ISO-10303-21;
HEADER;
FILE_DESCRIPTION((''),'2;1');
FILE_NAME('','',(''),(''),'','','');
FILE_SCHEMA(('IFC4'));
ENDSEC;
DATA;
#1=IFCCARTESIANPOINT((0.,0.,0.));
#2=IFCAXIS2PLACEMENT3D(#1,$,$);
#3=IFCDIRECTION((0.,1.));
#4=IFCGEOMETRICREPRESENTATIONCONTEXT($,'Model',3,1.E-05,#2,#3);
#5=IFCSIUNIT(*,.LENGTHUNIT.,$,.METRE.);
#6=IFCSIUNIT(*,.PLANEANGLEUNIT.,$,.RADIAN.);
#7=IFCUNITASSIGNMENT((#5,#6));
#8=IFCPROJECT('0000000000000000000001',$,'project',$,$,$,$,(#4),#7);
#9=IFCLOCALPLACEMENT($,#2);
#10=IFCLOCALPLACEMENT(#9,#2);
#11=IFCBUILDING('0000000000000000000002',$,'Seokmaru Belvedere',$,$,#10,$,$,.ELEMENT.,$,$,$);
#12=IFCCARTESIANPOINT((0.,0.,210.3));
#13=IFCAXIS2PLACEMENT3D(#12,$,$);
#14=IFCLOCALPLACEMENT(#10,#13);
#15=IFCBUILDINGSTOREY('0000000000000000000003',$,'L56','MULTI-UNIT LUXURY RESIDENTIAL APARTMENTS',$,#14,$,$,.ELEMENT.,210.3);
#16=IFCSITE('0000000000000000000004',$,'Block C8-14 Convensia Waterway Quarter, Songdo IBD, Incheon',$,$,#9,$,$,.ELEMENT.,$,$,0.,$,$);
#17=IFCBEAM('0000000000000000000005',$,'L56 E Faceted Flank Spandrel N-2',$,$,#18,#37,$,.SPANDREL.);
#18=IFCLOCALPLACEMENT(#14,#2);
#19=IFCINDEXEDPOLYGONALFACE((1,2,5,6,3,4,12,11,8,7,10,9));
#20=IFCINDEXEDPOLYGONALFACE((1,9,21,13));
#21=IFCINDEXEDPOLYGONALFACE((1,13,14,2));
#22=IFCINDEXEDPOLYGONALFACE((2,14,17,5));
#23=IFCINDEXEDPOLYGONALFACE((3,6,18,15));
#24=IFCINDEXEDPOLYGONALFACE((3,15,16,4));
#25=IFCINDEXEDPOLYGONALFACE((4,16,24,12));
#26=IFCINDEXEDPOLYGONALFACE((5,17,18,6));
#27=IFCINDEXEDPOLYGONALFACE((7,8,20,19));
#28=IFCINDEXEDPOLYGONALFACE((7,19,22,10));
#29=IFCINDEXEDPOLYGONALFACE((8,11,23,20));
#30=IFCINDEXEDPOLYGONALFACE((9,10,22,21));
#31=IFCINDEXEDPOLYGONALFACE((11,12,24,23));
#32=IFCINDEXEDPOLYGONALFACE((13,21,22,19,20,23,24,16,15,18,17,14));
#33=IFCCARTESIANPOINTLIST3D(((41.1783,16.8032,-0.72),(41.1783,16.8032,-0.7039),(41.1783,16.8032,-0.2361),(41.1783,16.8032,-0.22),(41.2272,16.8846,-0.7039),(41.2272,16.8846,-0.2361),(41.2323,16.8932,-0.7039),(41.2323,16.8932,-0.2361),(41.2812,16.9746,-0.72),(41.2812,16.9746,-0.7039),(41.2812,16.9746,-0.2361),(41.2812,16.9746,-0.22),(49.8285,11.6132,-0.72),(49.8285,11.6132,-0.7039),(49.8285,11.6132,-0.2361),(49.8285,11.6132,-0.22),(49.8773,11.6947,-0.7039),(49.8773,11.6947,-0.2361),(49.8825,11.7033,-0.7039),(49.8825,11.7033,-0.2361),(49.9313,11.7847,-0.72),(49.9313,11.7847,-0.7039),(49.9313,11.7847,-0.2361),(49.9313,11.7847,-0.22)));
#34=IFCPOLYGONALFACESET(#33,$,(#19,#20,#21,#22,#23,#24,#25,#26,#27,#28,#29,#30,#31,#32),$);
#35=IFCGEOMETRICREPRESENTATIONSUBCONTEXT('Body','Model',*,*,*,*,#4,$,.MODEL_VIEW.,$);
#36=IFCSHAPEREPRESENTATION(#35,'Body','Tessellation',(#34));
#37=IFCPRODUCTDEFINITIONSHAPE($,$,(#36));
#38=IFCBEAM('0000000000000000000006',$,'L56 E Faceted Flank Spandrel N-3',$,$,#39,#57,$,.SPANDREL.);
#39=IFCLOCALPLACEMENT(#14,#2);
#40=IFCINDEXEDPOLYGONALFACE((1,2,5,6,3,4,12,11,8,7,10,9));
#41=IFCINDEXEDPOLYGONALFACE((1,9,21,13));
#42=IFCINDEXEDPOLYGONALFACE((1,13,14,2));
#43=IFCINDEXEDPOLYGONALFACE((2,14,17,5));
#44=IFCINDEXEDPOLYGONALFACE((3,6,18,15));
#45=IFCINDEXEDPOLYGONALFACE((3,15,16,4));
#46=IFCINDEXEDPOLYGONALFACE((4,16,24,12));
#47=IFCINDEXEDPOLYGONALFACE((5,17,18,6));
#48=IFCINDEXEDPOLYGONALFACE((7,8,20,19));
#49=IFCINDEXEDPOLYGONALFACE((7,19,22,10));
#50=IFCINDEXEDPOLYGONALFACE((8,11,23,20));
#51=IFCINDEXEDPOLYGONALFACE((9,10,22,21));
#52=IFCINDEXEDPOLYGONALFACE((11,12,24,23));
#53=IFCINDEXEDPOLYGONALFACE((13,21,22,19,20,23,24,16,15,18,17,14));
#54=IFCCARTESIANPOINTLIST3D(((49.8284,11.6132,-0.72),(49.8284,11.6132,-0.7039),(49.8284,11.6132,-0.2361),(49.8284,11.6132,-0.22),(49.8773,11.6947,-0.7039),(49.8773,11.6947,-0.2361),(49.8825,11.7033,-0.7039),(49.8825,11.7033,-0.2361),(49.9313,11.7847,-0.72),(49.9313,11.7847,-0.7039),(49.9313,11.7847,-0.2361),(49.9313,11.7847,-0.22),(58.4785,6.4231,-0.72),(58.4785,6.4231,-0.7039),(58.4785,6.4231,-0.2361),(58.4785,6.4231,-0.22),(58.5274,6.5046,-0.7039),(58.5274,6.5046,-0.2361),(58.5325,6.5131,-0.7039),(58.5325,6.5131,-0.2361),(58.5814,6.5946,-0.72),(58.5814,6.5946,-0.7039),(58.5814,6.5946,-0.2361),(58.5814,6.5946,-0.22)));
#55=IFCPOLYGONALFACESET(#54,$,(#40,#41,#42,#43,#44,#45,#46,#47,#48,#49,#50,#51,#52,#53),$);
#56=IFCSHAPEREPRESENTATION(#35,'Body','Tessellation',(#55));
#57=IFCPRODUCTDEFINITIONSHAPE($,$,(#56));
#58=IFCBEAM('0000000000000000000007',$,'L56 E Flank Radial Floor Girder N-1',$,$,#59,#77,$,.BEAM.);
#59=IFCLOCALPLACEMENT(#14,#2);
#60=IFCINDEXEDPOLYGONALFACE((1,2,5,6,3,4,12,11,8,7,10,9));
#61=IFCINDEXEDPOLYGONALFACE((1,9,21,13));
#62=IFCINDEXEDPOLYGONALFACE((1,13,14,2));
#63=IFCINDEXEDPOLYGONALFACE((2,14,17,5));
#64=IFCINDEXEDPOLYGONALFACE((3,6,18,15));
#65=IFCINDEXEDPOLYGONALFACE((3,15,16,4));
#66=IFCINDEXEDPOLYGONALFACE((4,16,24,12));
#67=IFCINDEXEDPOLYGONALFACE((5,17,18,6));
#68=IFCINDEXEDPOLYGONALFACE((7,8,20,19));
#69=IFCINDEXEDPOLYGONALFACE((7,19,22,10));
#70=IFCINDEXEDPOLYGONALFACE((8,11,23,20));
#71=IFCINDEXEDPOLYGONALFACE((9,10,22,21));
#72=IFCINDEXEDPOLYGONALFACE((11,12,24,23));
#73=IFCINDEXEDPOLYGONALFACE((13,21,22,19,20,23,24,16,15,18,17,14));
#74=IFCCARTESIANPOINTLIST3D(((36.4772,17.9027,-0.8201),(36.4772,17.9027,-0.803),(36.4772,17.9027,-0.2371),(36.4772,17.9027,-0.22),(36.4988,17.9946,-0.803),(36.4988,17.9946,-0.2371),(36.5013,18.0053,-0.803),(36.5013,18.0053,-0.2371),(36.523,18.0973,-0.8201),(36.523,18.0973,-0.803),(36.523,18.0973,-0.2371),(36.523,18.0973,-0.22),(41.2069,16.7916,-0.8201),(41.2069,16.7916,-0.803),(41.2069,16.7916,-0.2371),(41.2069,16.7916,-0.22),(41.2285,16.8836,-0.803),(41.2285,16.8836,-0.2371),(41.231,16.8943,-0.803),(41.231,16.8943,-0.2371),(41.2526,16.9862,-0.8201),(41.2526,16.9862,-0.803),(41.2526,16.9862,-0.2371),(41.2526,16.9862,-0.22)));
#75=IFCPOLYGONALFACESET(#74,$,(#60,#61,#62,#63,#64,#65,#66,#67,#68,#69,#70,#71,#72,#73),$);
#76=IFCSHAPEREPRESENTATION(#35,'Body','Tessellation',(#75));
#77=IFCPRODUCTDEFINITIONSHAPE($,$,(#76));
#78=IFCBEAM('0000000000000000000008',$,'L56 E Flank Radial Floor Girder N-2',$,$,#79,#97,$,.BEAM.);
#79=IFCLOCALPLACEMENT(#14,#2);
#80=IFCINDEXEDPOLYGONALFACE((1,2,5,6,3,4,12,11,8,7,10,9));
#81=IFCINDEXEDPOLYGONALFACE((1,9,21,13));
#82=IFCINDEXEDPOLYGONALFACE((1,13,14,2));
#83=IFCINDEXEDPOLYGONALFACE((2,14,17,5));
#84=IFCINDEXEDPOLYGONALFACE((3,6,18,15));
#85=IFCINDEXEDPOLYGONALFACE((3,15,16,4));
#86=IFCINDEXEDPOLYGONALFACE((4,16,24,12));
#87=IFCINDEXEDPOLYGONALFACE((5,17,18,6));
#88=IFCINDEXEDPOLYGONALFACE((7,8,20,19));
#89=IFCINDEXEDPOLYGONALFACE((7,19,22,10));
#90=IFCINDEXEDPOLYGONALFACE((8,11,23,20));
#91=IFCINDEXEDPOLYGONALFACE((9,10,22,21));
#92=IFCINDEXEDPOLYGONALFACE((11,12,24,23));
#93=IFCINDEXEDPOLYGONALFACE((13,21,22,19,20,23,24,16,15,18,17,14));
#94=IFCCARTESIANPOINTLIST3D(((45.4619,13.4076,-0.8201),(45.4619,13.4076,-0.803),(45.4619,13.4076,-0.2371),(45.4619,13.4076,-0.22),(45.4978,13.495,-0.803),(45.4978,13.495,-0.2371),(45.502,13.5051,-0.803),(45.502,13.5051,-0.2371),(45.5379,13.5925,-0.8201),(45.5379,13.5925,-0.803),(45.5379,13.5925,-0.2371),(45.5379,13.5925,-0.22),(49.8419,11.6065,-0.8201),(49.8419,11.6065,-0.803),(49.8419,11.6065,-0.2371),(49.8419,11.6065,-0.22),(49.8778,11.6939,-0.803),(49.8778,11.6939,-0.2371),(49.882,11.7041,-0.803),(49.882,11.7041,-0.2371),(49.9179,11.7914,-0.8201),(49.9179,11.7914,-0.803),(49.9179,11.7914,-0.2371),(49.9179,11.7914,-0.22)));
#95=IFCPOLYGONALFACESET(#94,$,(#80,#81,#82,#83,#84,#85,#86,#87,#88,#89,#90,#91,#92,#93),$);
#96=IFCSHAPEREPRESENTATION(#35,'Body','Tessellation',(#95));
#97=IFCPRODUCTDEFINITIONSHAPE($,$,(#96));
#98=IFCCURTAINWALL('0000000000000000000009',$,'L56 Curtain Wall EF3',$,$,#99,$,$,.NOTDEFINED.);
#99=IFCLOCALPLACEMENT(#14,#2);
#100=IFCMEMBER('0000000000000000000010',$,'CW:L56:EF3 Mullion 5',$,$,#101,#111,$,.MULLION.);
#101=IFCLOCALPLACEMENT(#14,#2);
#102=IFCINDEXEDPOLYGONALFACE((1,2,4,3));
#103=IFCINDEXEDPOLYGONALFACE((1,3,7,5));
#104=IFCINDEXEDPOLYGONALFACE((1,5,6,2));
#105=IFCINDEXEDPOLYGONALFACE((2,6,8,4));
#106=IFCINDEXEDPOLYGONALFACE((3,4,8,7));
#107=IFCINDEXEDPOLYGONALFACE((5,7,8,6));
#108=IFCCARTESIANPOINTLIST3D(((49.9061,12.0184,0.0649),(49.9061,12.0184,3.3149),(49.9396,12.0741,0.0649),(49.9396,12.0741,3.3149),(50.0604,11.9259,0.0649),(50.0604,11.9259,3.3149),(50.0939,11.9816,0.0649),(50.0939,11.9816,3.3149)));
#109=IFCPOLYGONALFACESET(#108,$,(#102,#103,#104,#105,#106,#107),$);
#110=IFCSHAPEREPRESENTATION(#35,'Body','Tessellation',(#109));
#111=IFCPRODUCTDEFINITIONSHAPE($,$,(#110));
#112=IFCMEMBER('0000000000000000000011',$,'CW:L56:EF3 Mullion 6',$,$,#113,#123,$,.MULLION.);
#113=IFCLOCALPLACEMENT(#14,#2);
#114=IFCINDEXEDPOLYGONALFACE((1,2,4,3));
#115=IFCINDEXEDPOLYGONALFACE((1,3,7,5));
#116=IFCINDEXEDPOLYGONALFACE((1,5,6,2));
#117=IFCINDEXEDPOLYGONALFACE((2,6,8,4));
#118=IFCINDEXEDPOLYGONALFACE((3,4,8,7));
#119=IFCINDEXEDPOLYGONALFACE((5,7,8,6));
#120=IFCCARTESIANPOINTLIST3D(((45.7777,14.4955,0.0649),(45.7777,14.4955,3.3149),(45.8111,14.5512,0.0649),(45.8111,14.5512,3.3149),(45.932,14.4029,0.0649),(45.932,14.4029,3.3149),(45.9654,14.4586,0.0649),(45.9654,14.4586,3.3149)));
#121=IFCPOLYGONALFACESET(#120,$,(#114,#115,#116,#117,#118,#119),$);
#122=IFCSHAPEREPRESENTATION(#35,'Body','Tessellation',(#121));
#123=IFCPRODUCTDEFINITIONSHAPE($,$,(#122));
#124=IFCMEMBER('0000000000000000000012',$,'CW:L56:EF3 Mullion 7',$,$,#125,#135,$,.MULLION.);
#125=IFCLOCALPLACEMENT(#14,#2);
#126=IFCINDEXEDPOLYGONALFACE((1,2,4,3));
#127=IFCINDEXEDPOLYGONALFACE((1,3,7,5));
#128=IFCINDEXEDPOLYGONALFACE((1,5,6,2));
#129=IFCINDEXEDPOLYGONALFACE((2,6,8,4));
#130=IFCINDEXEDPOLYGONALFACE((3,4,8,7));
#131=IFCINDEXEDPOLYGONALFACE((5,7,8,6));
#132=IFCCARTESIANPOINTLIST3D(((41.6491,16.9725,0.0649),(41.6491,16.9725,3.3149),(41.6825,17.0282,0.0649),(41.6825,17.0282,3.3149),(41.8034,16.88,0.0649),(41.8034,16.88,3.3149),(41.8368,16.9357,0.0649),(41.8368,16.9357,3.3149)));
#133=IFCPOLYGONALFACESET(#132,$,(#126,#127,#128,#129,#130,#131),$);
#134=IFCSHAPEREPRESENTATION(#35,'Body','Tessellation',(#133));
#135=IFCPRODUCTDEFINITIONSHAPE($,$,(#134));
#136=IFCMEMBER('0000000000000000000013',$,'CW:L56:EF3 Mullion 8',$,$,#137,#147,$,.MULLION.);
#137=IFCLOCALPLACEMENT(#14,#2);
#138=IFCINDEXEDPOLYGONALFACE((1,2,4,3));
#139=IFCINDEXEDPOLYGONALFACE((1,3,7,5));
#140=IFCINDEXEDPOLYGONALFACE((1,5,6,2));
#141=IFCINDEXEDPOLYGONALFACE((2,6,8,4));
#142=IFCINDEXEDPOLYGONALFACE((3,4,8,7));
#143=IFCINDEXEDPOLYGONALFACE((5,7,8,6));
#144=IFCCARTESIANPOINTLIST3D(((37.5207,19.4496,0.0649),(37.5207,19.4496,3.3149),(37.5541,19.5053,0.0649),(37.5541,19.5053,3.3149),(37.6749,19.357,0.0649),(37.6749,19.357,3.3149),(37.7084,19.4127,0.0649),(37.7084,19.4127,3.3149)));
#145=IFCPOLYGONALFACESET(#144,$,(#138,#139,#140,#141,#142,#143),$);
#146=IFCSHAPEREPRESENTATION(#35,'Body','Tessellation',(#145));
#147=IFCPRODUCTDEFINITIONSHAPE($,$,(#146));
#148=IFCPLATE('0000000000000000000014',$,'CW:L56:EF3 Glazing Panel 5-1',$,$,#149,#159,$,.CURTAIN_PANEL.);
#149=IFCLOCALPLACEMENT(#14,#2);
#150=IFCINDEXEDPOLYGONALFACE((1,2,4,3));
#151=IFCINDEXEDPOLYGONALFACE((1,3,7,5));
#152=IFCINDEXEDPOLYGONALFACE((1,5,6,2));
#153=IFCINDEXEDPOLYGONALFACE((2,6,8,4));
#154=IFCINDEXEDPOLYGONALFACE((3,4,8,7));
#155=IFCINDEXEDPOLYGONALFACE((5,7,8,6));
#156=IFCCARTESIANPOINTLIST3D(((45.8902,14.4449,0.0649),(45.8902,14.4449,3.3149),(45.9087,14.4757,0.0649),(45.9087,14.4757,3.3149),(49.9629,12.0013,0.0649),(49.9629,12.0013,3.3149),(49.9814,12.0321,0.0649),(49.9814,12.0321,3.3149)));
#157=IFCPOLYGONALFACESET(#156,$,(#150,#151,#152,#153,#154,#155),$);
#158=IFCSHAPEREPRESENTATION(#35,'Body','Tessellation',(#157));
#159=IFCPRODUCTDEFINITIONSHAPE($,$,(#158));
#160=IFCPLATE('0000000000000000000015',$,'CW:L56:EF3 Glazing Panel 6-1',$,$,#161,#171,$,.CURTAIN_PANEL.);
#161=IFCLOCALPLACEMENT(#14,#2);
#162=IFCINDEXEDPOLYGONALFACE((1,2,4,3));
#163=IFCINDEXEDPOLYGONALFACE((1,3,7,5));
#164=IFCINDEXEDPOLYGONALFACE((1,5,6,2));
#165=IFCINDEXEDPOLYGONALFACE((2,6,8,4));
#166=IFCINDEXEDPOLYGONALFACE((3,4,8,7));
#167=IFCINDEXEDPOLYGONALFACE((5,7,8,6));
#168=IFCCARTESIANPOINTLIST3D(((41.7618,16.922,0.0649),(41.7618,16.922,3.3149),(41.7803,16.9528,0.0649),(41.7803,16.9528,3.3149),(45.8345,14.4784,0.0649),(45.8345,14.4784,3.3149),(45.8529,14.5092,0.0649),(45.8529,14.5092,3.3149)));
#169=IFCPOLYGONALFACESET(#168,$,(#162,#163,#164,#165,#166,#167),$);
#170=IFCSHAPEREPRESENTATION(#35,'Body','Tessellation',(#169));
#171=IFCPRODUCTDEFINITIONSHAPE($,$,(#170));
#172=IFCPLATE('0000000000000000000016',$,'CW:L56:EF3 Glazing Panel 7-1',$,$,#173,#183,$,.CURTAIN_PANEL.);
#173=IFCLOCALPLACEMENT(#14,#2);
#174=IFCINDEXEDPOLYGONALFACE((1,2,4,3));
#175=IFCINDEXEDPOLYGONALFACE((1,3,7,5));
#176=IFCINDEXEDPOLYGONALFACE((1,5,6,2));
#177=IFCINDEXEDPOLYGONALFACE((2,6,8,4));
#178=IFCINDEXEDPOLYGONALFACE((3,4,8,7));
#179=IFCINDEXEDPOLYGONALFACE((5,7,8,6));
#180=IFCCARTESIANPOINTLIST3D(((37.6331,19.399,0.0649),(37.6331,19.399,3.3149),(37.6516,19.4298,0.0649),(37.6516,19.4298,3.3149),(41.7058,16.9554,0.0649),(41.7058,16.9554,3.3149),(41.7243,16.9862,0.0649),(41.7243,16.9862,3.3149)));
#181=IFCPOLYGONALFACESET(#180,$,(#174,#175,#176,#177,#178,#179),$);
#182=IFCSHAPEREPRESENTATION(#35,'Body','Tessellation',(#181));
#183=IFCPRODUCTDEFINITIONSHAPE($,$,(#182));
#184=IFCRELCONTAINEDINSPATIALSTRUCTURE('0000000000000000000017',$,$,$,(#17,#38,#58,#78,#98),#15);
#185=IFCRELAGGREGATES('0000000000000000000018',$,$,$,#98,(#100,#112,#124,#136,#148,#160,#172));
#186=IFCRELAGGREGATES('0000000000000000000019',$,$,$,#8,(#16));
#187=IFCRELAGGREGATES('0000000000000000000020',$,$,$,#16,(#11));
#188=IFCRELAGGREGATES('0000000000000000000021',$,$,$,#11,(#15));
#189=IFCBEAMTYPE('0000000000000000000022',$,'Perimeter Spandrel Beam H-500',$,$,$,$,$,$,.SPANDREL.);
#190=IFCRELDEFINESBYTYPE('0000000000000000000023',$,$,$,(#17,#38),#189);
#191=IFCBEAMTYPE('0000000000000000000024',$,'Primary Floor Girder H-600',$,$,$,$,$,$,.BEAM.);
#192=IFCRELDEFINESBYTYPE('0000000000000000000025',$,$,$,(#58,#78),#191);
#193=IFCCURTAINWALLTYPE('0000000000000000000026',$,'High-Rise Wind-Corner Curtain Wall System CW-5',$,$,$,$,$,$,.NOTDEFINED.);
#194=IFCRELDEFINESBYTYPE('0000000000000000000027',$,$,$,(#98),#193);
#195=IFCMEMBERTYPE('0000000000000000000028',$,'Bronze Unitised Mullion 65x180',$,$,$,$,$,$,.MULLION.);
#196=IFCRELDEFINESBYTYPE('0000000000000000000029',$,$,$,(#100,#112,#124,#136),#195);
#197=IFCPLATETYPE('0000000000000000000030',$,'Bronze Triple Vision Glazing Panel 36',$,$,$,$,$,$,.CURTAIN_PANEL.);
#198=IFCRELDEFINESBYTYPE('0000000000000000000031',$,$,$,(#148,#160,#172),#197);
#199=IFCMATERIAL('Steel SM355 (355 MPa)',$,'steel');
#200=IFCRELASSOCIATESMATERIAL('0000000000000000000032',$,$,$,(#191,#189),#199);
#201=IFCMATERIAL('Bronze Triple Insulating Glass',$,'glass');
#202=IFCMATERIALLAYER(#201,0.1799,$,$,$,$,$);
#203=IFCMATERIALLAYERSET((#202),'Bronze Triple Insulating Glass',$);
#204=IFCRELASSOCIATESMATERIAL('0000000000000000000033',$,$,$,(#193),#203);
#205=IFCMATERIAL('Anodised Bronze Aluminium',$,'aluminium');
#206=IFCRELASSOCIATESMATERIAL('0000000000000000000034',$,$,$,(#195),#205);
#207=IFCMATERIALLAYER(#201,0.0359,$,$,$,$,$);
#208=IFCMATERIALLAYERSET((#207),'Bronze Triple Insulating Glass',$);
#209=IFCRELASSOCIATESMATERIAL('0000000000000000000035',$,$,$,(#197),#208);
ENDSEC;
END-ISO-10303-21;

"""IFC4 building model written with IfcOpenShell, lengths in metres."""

from ifc_helpers import new_model, si_unit, direction, frame, origin, origin_2d, place, context, subcontext, project, spatial, rectangle, i_section, extrude, source, transform, mapped, material, layer, layer_set, material_profile, profile_set, type_object, type_shapes, element, aggregate, save


model = new_model("IFC4")

# Units and contexts
model_context = context("Model", 3, precision=1e-05, world=origin(), true_north=direction((0.0, 1.0)))
body_context = subcontext(model_context, "Body", "Model", "MODEL_VIEW")
ifc_project = project(units=[si_unit("LENGTHUNIT", "METRE"), si_unit("PLANEANGLEUNIT", "RADIAN")], contexts=[model_context])

# Site, building, storey
site_placement = place(None, origin())
site = spatial("IfcSite", under=ifc_project, at=site_placement, Name="Block C8-14 Convensia Waterway Quarter, Songdo IBD, Incheon", CompositionType="ELEMENT", RefElevation=0.0)
building_placement = place(site_placement, origin())
building = spatial("IfcBuilding", under=site, at=building_placement, Name="Seokmaru Belvedere", CompositionType="ELEMENT")
storey_placement = place(building_placement, frame((0.0, 0.0, 210.3)))
storey = spatial("IfcBuildingStorey", under=building, at=storey_placement, Name="L56", Description="MULTI-UNIT LUXURY RESIDENTIAL APARTMENTS", CompositionType="ELEMENT", Elevation=210.3)

# Shared definitions
ifc_material_1 = material(Name="Steel SM355 (355 MPa)", Category="steel")

# Beams
ifc_material_profile_1 = material_profile(ifc_material_1, i_section(OverallWidth=0.2, OverallDepth=0.6001, WebThickness=0.011, FlangeThickness=0.0171, at=origin_2d()), Name="H-600x200x11x17")
ifc_profile_set_1 = profile_set([ifc_material_profile_1], Name="Steel SM355 (355 MPa)")
beam_type_1 = type_object("IfcBeamType", Name="Primary Floor Girder H-600", PredefinedType="BEAM", material=ifc_profile_set_1)
ifc_material_profile_2 = material_profile(ifc_material_1, i_section(OverallWidth=0.2, OverallDepth=0.5, WebThickness=0.01, FlangeThickness=0.0161, at=origin_2d()), Name="H-500x200x10x16")
ifc_profile_set_2 = profile_set([ifc_material_profile_2], Name="Steel SM355 (355 MPa)")
beam_type_2 = type_object("IfcBeamType", Name="Perimeter Spandrel Beam H-500", PredefinedType="SPANDREL", material=ifc_profile_set_2)
shared_shape_1 = source(origin(), body_context, "Body", "SweptSolid", [
    extrude(i_section(OverallWidth=0.2, OverallDepth=0.5, WebThickness=0.01, FlangeThickness=0.0161, at=origin_2d()), origin(), (0.0, 0.0, 1.0), 10.0876),
])
type_shapes(beam_type_2, [shared_shape_1])
for number, where, z_axis, x_axis, name in (
    (1, (41.2297, 16.8889, -0.47), (0.857499, -0.514485, 0.0), (0.514485, 0.857499, 0.0), "L56 E Faceted Flank Spandrel N-2"),
    (2, (49.8799, 11.699, -0.47), (0.857489, -0.514503, 0.0), (0.514503, 0.857489, 0.0), "L56 E Faceted Flank Spandrel N-3"),
):
    element("IfcBeam", number, at=place(storey_placement, frame(where, z_axis=z_axis, x_axis=x_axis)), inside=storey, type_object=beam_type_2, Name=name, PredefinedType="SPANDREL", context=body_context, shape_type="MappedRepresentation", body=[
        mapped(shared_shape_1, transform((0.0, 0.0, 0.0), scale=1.0)),
    ])
shared_shape_2 = source(origin(), body_context, "Body", "SweptSolid", [
    extrude(i_section(OverallWidth=0.2, OverallDepth=0.6001, WebThickness=0.011, FlangeThickness=0.0171, at=origin_2d()), origin(), (0.0, 0.0, 1.0), 4.8584),
])
beam_1_placement = place(storey_placement, frame((41.2297, 16.8889, -0.52), z_axis=(-0.973499, 0.228689, 0.0), x_axis=(-0.228689, -0.973499, 0.0)))
element("IfcBeam", 3, at=beam_1_placement, inside=storey, type_object=beam_type_1, Name="L56 E Flank Radial Floor Girder N-1", PredefinedType="BEAM", context=body_context, shape_type="MappedRepresentation", body=[
    mapped(shared_shape_2, transform((0.0, 0.0, 0.0), scale=1.0)),
])
shared_shape_3 = source(origin(), body_context, "Body", "SweptSolid", [
    extrude(i_section(OverallWidth=0.2, OverallDepth=0.6001, WebThickness=0.011, FlangeThickness=0.0171, at=origin_2d()), origin(), (0.0, 0.0, 1.0), 4.7358),
])
beam_2_placement = place(storey_placement, frame((49.8799, 11.699, -0.52), z_axis=(-0.924861, 0.380306, 0.0), x_axis=(-0.380306, -0.924861, 0.0)))
element("IfcBeam", 4, at=beam_2_placement, inside=storey, type_object=beam_type_1, Name="L56 E Flank Radial Floor Girder N-2", PredefinedType="BEAM", context=body_context, shape_type="MappedRepresentation", body=[
    mapped(shared_shape_3, transform((0.0, 0.0, 0.0), scale=1.0)),
])

# Curtain wall, members, plates
ifc_material_2 = material(Name="Bronze Triple Insulating Glass", Category="glass")
ifc_layer_1 = layer(ifc_material_2, 0.1799)
ifc_layer_set_1 = layer_set([ifc_layer_1], Name="Bronze Triple Insulating Glass")
curtain_wall_type = type_object("IfcCurtainWallType", Name="High-Rise Wind-Corner Curtain Wall System CW-5", PredefinedType="NOTDEFINED", material=ifc_layer_set_1)
curtain_wall_placement = place(storey_placement, origin())
curtain_wall = element("IfcCurtainWall", 5, at=curtain_wall_placement, inside=storey, type_object=curtain_wall_type, Name="L56 Curtain Wall EF3", PredefinedType="NOTDEFINED")
ifc_material_3 = material(Name="Anodised Bronze Aluminium", Category="aluminium")
ifc_material_profile_3 = material_profile(ifc_material_3, rectangle(XDim=0.0649, YDim=0.1799, at=origin_2d()), Name="CW-M-65x180")
ifc_profile_set_3 = profile_set([ifc_material_profile_3], Name="Anodised Bronze Aluminium")
member_type = type_object("IfcMemberType", Name="Bronze Unitised Mullion 65x180", PredefinedType="MULLION", material=ifc_profile_set_3)
shared_shape_4 = source(origin(), body_context, "Body", "SweptSolid", [
    extrude(rectangle(XDim=0.0649, YDim=0.1799, at=origin_2d()), origin(), (0.0, 0.0, 1.0), 3.25),
])
type_shapes(member_type, [shared_shape_4])
member_1_placement = place(storey_placement, frame((50.0, 12.0, 0.0649), z_axis=(0.0, 0.0, 1.0), x_axis=(-0.514495, -0.857493, 0.0)))
member_1 = element("IfcMember", 6, at=member_1_placement, type_object=member_type, Name="CW:L56:EF3 Mullion 5", PredefinedType="MULLION", context=body_context, shape_type="MappedRepresentation", body=[
    mapped(shared_shape_4, transform((0.0, 0.0, 0.0), scale=1.0)),
])
member_2_placement = place(storey_placement, frame((45.8716, 14.4771, 0.0649), z_axis=(0.0, 0.0, 1.0), x_axis=(-0.514495, -0.857493, 0.0)))
member_2 = element("IfcMember", 7, at=member_2_placement, type_object=member_type, Name="CW:L56:EF3 Mullion 6", PredefinedType="MULLION", context=body_context, shape_type="MappedRepresentation", body=[
    mapped(shared_shape_4, transform((0.0, 0.0, 0.0), scale=1.0)),
])
member_3_placement = place(storey_placement, frame((41.7429, 16.9541, 0.0649), z_axis=(0.0, 0.0, 1.0), x_axis=(-0.514495, -0.857493, 0.0)))
member_3 = element("IfcMember", 8, at=member_3_placement, type_object=member_type, Name="CW:L56:EF3 Mullion 7", PredefinedType="MULLION", context=body_context, shape_type="MappedRepresentation", body=[
    mapped(shared_shape_4, transform((0.0, 0.0, 0.0), scale=1.0)),
])
member_4_placement = place(storey_placement, frame((37.6145, 19.4312, 0.0649), z_axis=(0.0, 0.0, 1.0), x_axis=(-0.514495, -0.857493, 0.0)))
member_4 = element("IfcMember", 9, at=member_4_placement, type_object=member_type, Name="CW:L56:EF3 Mullion 8", PredefinedType="MULLION", context=body_context, shape_type="MappedRepresentation", body=[
    mapped(shared_shape_4, transform((0.0, 0.0, 0.0), scale=1.0)),
])
ifc_layer_2 = layer(ifc_material_2, 0.0359)
ifc_layer_set_2 = layer_set([ifc_layer_2], Name="Bronze Triple Insulating Glass")
plate_type = type_object("IfcPlateType", Name="Bronze Triple Vision Glazing Panel 36", PredefinedType="CURTAIN_PANEL", material=ifc_layer_set_2)
shared_shape_5 = source(origin(), body_context, "Body", "SweptSolid", [
    extrude(rectangle(XDim=4.7495, YDim=0.0359, at=origin_2d()), origin(), (0.0, 0.0, 1.0), 3.25),
])
type_shapes(plate_type, [shared_shape_5])
plate_1_placement = place(storey_placement, frame((47.9358, 13.2385, 0.0649), z_axis=(0.0, 0.0, 1.0), x_axis=(-0.857493, 0.514495, 0.0)))
plate_1 = element("IfcPlate", 10, at=plate_1_placement, type_object=plate_type, Name="CW:L56:EF3 Glazing Panel 5-1", PredefinedType="CURTAIN_PANEL", context=body_context, shape_type="MappedRepresentation", body=[
    mapped(shared_shape_5, transform((0.0, 0.0, 0.0), scale=1.0)),
])
plate_2_placement = place(storey_placement, frame((43.8074, 15.7156, 0.0649), z_axis=(0.0, 0.0, 1.0), x_axis=(-0.857493, 0.514495, 0.0)))
plate_2 = element("IfcPlate", 11, at=plate_2_placement, type_object=plate_type, Name="CW:L56:EF3 Glazing Panel 6-1", PredefinedType="CURTAIN_PANEL", context=body_context, shape_type="MappedRepresentation", body=[
    mapped(shared_shape_5, transform((0.0, 0.0, 0.0), scale=1.0)),
])
plate_3_placement = place(storey_placement, frame((39.6787, 18.1926, 0.0649), z_axis=(0.0, 0.0, 1.0), x_axis=(-0.857493, 0.514495, 0.0)))
plate_3 = element("IfcPlate", 12, at=plate_3_placement, type_object=plate_type, Name="CW:L56:EF3 Glazing Panel 7-1", PredefinedType="CURTAIN_PANEL", context=body_context, shape_type="MappedRepresentation", body=[
    mapped(shared_shape_5, transform((0.0, 0.0, 0.0), scale=1.0)),
])
aggregate(curtain_wall, [member_1, member_2, member_3, member_4, plate_1, plate_2, plate_3])

save(model, "model.ifc")
